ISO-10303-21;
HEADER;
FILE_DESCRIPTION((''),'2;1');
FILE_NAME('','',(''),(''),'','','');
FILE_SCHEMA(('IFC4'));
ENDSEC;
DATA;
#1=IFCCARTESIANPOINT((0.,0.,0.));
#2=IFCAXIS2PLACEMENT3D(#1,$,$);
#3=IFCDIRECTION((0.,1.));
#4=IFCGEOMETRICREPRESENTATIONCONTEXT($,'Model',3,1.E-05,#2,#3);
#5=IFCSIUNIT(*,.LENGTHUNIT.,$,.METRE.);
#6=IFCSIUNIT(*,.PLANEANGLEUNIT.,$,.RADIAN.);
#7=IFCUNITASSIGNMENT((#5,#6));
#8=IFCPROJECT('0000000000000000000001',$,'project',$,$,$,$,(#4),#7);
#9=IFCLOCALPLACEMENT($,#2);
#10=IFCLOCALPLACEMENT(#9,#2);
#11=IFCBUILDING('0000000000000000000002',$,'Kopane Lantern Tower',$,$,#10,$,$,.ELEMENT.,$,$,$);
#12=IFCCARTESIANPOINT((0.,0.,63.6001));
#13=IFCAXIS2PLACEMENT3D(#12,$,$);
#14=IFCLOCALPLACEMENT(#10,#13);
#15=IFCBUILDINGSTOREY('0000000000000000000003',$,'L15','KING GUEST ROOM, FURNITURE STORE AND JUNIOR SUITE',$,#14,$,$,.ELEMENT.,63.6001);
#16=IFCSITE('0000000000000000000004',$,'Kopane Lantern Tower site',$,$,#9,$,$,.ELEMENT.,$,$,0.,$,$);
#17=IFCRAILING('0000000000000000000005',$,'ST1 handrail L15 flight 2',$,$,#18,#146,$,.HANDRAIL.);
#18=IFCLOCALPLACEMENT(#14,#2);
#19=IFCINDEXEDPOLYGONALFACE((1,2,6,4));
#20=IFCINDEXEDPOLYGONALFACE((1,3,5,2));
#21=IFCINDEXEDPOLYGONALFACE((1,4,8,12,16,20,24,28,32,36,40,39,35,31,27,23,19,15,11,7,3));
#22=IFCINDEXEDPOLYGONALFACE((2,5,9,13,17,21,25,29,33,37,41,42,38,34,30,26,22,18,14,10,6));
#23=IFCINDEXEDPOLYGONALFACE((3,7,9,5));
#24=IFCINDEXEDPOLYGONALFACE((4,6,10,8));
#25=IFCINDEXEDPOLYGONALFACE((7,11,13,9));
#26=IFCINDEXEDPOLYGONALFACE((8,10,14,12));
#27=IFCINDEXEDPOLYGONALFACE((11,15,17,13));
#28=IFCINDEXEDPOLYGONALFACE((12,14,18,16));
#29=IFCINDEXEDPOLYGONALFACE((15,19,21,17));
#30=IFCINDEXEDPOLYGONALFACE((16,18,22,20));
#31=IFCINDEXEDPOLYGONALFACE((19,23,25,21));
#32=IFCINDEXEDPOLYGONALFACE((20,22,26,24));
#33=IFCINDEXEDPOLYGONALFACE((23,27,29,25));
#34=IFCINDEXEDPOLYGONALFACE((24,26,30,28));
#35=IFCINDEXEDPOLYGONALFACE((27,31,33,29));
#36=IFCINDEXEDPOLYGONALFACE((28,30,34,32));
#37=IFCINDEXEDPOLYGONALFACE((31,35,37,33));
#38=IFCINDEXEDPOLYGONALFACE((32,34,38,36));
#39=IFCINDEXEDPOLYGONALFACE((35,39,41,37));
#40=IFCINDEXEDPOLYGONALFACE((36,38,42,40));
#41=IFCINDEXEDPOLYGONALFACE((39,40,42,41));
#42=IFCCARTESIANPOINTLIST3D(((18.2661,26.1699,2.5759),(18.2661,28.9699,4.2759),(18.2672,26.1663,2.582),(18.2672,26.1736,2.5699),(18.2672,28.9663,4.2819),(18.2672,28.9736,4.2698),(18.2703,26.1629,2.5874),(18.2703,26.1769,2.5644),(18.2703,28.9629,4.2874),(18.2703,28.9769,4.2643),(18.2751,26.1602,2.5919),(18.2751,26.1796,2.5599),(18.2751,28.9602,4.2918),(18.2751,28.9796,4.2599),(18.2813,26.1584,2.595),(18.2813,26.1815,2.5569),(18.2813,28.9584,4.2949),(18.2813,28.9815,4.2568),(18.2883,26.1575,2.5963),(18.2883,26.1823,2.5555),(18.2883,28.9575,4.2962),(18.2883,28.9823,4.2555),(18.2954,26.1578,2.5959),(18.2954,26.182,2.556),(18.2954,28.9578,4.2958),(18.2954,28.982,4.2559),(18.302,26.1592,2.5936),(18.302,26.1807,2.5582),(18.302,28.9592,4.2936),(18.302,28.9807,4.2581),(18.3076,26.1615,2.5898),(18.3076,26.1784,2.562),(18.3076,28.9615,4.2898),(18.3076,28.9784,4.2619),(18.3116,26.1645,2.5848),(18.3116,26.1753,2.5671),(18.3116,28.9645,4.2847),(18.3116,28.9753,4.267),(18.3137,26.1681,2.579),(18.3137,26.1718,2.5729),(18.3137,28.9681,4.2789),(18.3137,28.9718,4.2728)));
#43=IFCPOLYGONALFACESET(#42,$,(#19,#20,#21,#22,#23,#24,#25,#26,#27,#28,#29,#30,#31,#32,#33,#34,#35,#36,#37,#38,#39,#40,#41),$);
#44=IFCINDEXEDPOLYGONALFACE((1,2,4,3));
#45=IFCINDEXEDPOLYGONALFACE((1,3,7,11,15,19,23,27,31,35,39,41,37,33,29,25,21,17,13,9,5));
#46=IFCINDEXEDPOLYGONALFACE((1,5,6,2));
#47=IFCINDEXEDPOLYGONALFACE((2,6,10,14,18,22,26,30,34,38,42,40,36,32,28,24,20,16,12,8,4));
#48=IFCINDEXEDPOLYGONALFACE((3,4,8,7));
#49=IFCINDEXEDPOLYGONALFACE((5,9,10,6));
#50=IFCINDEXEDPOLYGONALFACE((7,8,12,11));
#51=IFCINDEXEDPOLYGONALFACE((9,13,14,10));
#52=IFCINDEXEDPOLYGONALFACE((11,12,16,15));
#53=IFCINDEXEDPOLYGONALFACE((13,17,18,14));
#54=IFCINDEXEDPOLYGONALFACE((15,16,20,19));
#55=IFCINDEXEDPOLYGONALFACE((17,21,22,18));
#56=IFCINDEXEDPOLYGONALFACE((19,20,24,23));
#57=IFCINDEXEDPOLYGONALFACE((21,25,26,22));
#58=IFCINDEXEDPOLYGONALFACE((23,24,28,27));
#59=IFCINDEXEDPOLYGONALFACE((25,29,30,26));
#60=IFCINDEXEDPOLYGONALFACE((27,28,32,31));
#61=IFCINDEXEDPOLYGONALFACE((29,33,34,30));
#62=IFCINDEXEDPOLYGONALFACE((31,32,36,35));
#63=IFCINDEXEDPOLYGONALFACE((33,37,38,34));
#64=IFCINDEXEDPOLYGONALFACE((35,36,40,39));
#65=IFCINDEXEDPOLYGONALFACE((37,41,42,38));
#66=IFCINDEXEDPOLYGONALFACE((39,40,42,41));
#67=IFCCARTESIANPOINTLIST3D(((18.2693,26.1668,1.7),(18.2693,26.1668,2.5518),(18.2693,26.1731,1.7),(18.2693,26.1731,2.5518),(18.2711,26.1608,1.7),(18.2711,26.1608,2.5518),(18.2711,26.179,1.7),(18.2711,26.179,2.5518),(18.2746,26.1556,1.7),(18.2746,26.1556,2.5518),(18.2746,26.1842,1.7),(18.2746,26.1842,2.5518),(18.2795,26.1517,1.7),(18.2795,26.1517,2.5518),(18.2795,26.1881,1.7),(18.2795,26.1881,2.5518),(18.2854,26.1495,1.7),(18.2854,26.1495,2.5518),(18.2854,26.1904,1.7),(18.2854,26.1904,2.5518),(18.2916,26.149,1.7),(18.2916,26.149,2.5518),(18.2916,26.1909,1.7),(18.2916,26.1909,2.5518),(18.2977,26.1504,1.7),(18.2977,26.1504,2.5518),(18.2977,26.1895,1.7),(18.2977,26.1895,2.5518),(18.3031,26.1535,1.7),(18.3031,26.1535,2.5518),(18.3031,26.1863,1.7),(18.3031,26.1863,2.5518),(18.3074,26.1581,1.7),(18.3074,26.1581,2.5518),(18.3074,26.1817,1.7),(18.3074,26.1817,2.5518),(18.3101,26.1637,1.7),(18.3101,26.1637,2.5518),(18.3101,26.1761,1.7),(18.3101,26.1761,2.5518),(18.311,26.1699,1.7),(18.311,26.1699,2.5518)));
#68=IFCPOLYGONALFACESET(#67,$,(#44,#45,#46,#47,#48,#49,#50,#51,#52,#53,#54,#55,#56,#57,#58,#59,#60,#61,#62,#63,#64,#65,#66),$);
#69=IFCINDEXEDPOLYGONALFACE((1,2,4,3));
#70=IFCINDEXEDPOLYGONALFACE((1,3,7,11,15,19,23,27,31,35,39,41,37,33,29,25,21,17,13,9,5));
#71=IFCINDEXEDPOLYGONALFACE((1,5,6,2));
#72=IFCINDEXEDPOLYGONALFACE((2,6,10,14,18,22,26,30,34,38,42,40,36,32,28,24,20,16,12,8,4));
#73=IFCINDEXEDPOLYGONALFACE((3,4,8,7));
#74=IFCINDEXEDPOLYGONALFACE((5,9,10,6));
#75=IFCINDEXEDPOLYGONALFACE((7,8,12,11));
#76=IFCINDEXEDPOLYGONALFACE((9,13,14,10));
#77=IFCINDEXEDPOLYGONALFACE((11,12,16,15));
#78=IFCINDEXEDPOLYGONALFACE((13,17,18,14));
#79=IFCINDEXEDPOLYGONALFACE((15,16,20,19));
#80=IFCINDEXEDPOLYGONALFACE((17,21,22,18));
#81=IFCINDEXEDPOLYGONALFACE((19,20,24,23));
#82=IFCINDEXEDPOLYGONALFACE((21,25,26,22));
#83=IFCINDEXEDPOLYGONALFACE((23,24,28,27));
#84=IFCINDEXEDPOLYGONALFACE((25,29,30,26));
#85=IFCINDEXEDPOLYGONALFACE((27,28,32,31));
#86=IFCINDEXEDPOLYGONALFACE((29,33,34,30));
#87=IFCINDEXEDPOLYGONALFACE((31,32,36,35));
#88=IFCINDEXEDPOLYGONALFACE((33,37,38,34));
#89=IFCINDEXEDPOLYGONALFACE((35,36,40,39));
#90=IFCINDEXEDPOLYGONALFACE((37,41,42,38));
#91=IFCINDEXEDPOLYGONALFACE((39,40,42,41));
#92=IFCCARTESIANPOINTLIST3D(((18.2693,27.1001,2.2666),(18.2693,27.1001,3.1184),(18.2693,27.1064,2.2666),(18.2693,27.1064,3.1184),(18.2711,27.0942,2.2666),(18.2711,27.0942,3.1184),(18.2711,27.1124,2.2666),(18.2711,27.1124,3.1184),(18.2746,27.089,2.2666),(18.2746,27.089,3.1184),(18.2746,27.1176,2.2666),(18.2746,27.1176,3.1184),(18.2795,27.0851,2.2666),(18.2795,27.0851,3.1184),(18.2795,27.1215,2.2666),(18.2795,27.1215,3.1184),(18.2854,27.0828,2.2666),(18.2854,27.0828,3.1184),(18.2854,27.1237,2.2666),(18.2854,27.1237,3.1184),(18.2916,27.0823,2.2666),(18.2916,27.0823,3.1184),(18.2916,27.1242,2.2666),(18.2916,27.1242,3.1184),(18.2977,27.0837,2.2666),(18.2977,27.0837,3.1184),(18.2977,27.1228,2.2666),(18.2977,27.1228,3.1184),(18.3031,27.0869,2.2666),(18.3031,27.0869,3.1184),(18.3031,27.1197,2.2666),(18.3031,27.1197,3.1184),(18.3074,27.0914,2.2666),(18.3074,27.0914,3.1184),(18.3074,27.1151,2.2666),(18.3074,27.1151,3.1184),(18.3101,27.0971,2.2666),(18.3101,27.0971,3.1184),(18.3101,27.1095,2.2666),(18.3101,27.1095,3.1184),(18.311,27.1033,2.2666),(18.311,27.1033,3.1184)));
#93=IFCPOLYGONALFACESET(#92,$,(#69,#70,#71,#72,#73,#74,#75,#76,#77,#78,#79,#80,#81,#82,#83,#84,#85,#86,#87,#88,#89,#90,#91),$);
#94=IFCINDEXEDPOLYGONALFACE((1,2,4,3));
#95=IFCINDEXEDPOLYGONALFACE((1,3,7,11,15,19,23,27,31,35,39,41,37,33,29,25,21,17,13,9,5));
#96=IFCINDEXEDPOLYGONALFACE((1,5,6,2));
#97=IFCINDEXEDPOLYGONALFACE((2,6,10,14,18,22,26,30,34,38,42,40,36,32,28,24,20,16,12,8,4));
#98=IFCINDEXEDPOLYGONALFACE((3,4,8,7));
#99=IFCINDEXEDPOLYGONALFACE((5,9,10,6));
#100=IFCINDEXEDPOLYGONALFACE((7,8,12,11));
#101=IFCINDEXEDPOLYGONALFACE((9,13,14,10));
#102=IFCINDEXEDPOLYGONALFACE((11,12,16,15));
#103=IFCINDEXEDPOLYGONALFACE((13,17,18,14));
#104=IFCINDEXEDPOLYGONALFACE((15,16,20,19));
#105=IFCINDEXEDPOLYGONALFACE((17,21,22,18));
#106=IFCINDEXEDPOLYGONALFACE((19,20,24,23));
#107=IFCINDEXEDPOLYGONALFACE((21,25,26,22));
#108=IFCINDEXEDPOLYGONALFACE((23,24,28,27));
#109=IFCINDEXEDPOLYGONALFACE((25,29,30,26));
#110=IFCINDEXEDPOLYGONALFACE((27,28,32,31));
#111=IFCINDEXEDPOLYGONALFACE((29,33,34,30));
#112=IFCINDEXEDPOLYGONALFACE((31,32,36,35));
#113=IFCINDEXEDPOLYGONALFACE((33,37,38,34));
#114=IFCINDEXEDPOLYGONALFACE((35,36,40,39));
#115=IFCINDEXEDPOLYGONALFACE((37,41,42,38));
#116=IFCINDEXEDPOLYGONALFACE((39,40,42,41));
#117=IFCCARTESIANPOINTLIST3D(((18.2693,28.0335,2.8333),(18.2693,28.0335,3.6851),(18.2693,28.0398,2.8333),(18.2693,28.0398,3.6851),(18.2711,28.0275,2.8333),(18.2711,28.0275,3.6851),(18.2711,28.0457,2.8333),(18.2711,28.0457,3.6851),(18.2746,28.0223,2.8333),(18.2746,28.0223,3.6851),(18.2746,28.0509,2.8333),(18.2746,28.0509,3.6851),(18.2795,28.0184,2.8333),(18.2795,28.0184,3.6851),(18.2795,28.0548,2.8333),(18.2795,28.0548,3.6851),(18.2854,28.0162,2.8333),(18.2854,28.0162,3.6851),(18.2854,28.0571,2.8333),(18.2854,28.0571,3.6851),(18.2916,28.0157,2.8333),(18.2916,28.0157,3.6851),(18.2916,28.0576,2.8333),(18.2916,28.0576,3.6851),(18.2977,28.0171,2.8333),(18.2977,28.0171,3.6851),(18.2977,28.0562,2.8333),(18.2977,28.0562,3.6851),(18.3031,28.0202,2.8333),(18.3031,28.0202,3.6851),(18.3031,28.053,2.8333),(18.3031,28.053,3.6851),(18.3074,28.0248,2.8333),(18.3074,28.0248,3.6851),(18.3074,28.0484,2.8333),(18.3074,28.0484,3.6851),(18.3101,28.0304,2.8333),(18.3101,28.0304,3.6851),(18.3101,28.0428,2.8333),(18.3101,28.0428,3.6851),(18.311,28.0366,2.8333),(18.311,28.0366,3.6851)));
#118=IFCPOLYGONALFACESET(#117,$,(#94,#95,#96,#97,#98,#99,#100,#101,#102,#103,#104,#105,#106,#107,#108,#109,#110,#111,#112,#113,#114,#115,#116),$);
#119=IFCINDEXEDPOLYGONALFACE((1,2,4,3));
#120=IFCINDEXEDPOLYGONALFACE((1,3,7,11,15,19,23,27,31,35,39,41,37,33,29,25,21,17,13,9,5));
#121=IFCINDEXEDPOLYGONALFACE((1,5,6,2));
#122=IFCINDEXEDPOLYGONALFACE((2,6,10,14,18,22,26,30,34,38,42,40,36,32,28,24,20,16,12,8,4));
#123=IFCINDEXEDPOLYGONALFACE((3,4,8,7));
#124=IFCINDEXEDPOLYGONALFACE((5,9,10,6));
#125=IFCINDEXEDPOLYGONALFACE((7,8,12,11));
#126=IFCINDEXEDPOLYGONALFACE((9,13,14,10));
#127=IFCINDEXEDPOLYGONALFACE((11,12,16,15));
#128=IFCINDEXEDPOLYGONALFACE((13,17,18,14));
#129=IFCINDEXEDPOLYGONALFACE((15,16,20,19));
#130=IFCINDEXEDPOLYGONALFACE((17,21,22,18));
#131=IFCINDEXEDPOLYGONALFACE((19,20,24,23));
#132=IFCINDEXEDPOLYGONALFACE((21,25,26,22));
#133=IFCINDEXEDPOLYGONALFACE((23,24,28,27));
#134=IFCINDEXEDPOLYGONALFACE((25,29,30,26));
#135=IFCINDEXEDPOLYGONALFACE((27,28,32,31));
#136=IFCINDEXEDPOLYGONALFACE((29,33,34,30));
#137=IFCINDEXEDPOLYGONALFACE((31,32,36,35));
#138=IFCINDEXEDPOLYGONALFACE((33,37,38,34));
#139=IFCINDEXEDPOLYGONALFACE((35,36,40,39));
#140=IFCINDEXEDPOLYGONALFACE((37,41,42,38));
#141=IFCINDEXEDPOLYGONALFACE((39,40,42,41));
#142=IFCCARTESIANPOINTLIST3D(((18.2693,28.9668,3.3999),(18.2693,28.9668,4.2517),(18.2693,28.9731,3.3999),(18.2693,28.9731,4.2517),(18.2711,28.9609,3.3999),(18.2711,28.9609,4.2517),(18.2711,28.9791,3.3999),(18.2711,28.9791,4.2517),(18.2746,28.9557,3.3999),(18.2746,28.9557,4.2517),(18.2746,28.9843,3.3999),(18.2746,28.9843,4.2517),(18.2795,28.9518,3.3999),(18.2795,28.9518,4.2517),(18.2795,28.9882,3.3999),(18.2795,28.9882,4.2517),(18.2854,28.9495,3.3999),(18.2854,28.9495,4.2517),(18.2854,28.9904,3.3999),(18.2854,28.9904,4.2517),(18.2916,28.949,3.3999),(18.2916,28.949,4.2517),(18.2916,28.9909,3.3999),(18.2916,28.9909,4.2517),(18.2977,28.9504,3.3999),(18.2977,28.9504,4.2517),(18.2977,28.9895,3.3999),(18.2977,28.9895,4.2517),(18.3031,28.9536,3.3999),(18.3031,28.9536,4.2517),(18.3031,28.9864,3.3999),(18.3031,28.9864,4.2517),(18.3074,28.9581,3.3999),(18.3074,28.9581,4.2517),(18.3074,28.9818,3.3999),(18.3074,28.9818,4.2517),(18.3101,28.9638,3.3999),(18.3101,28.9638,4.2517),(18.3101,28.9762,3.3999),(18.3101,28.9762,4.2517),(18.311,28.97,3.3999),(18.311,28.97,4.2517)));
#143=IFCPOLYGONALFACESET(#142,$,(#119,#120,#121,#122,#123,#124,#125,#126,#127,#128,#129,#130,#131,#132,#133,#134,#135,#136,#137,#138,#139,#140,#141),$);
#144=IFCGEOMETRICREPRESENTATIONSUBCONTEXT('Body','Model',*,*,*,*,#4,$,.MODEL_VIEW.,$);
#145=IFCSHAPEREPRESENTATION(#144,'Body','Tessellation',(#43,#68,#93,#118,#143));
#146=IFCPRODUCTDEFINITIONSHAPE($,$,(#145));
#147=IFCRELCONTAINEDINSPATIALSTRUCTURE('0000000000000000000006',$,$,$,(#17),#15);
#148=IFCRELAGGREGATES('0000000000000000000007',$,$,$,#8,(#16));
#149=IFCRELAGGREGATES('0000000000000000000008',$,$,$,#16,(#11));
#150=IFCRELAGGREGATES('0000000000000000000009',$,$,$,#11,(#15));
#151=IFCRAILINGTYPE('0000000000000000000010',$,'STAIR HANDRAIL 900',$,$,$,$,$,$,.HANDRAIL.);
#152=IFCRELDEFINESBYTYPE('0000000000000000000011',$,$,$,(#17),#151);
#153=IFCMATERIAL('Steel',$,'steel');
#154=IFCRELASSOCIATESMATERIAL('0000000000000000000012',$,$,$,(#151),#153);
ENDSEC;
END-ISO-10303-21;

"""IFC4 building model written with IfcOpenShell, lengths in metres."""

from ifc_helpers import new_model, si_unit, direction, frame, origin, origin_2d, place, context, subcontext, project, spatial, circle, extrude, material, type_object, element, save


model = new_model("IFC4")

# Units and contexts
model_context = context("Model", 3, precision=1e-05, world=origin(), true_north=direction((0.0, 1.0)))
body_context = subcontext(model_context, "Body", "Model", "MODEL_VIEW")
ifc_project = project(units=[si_unit("LENGTHUNIT", "METRE"), si_unit("PLANEANGLEUNIT", "RADIAN")], contexts=[model_context])

# Site, building, storey
site_placement = place(None, origin())
site = spatial("IfcSite", under=ifc_project, at=site_placement, Name="Kopane Lantern Tower site", CompositionType="ELEMENT", RefElevation=0.0)
building_placement = place(site_placement, origin())
building = spatial("IfcBuilding", under=site, at=building_placement, Name="Kopane Lantern Tower", CompositionType="ELEMENT")
storey_placement = place(building_placement, frame((0.0, 0.0, 63.6001)))
storey = spatial("IfcBuildingStorey", under=building, at=storey_placement, Name="L15", Description="KING GUEST ROOM, FURNITURE STORE AND JUNIOR SUITE", CompositionType="ELEMENT", Elevation=63.6001)

# Railing
ifc_material_1 = material(Name="Steel", Category="steel")
railing_type_1 = type_object("IfcRailingType", Name="STAIR HANDRAIL 900", PredefinedType="HANDRAIL", material=ifc_material_1)
for number, where, name in (
    (1, (18.29, 26.1699, 1.7), "ST1 handrail L15 flight 2"),
):
    element("IfcRailing", number, at=place(storey_placement, frame(where)), inside=storey, type_object=railing_type_1, Name=name, PredefinedType="HANDRAIL", context=body_context, shape_type="SweptSolid", body=[
        extrude(circle(Radius=0.0239, at=origin_2d()), frame((0.0, 0.0, 0.876), z_axis=(0.0, 0.854798, 0.518961), x_axis=(-1.0, 0.0, 0.0)), (0.0, 0.0, 1.0), 3.2756),
        extrude(circle(Radius=0.021, at=origin_2d()), origin(), (0.0, 0.0, 1.0), 0.8518),
        extrude(circle(Radius=0.021, at=origin_2d()), frame((0.0, 0.9333, 0.5667)), (0.0, 0.0, 1.0), 0.8518),
        extrude(circle(Radius=0.021, at=origin_2d()), frame((0.0, 1.8667, 1.1333)), (0.0, 0.0, 1.0), 0.8518),
        extrude(circle(Radius=0.021, at=origin_2d()), frame((0.0, 2.8, 1.7)), (0.0, 0.0, 1.0), 0.8518),
    ])

save(model, "model.ifc")
